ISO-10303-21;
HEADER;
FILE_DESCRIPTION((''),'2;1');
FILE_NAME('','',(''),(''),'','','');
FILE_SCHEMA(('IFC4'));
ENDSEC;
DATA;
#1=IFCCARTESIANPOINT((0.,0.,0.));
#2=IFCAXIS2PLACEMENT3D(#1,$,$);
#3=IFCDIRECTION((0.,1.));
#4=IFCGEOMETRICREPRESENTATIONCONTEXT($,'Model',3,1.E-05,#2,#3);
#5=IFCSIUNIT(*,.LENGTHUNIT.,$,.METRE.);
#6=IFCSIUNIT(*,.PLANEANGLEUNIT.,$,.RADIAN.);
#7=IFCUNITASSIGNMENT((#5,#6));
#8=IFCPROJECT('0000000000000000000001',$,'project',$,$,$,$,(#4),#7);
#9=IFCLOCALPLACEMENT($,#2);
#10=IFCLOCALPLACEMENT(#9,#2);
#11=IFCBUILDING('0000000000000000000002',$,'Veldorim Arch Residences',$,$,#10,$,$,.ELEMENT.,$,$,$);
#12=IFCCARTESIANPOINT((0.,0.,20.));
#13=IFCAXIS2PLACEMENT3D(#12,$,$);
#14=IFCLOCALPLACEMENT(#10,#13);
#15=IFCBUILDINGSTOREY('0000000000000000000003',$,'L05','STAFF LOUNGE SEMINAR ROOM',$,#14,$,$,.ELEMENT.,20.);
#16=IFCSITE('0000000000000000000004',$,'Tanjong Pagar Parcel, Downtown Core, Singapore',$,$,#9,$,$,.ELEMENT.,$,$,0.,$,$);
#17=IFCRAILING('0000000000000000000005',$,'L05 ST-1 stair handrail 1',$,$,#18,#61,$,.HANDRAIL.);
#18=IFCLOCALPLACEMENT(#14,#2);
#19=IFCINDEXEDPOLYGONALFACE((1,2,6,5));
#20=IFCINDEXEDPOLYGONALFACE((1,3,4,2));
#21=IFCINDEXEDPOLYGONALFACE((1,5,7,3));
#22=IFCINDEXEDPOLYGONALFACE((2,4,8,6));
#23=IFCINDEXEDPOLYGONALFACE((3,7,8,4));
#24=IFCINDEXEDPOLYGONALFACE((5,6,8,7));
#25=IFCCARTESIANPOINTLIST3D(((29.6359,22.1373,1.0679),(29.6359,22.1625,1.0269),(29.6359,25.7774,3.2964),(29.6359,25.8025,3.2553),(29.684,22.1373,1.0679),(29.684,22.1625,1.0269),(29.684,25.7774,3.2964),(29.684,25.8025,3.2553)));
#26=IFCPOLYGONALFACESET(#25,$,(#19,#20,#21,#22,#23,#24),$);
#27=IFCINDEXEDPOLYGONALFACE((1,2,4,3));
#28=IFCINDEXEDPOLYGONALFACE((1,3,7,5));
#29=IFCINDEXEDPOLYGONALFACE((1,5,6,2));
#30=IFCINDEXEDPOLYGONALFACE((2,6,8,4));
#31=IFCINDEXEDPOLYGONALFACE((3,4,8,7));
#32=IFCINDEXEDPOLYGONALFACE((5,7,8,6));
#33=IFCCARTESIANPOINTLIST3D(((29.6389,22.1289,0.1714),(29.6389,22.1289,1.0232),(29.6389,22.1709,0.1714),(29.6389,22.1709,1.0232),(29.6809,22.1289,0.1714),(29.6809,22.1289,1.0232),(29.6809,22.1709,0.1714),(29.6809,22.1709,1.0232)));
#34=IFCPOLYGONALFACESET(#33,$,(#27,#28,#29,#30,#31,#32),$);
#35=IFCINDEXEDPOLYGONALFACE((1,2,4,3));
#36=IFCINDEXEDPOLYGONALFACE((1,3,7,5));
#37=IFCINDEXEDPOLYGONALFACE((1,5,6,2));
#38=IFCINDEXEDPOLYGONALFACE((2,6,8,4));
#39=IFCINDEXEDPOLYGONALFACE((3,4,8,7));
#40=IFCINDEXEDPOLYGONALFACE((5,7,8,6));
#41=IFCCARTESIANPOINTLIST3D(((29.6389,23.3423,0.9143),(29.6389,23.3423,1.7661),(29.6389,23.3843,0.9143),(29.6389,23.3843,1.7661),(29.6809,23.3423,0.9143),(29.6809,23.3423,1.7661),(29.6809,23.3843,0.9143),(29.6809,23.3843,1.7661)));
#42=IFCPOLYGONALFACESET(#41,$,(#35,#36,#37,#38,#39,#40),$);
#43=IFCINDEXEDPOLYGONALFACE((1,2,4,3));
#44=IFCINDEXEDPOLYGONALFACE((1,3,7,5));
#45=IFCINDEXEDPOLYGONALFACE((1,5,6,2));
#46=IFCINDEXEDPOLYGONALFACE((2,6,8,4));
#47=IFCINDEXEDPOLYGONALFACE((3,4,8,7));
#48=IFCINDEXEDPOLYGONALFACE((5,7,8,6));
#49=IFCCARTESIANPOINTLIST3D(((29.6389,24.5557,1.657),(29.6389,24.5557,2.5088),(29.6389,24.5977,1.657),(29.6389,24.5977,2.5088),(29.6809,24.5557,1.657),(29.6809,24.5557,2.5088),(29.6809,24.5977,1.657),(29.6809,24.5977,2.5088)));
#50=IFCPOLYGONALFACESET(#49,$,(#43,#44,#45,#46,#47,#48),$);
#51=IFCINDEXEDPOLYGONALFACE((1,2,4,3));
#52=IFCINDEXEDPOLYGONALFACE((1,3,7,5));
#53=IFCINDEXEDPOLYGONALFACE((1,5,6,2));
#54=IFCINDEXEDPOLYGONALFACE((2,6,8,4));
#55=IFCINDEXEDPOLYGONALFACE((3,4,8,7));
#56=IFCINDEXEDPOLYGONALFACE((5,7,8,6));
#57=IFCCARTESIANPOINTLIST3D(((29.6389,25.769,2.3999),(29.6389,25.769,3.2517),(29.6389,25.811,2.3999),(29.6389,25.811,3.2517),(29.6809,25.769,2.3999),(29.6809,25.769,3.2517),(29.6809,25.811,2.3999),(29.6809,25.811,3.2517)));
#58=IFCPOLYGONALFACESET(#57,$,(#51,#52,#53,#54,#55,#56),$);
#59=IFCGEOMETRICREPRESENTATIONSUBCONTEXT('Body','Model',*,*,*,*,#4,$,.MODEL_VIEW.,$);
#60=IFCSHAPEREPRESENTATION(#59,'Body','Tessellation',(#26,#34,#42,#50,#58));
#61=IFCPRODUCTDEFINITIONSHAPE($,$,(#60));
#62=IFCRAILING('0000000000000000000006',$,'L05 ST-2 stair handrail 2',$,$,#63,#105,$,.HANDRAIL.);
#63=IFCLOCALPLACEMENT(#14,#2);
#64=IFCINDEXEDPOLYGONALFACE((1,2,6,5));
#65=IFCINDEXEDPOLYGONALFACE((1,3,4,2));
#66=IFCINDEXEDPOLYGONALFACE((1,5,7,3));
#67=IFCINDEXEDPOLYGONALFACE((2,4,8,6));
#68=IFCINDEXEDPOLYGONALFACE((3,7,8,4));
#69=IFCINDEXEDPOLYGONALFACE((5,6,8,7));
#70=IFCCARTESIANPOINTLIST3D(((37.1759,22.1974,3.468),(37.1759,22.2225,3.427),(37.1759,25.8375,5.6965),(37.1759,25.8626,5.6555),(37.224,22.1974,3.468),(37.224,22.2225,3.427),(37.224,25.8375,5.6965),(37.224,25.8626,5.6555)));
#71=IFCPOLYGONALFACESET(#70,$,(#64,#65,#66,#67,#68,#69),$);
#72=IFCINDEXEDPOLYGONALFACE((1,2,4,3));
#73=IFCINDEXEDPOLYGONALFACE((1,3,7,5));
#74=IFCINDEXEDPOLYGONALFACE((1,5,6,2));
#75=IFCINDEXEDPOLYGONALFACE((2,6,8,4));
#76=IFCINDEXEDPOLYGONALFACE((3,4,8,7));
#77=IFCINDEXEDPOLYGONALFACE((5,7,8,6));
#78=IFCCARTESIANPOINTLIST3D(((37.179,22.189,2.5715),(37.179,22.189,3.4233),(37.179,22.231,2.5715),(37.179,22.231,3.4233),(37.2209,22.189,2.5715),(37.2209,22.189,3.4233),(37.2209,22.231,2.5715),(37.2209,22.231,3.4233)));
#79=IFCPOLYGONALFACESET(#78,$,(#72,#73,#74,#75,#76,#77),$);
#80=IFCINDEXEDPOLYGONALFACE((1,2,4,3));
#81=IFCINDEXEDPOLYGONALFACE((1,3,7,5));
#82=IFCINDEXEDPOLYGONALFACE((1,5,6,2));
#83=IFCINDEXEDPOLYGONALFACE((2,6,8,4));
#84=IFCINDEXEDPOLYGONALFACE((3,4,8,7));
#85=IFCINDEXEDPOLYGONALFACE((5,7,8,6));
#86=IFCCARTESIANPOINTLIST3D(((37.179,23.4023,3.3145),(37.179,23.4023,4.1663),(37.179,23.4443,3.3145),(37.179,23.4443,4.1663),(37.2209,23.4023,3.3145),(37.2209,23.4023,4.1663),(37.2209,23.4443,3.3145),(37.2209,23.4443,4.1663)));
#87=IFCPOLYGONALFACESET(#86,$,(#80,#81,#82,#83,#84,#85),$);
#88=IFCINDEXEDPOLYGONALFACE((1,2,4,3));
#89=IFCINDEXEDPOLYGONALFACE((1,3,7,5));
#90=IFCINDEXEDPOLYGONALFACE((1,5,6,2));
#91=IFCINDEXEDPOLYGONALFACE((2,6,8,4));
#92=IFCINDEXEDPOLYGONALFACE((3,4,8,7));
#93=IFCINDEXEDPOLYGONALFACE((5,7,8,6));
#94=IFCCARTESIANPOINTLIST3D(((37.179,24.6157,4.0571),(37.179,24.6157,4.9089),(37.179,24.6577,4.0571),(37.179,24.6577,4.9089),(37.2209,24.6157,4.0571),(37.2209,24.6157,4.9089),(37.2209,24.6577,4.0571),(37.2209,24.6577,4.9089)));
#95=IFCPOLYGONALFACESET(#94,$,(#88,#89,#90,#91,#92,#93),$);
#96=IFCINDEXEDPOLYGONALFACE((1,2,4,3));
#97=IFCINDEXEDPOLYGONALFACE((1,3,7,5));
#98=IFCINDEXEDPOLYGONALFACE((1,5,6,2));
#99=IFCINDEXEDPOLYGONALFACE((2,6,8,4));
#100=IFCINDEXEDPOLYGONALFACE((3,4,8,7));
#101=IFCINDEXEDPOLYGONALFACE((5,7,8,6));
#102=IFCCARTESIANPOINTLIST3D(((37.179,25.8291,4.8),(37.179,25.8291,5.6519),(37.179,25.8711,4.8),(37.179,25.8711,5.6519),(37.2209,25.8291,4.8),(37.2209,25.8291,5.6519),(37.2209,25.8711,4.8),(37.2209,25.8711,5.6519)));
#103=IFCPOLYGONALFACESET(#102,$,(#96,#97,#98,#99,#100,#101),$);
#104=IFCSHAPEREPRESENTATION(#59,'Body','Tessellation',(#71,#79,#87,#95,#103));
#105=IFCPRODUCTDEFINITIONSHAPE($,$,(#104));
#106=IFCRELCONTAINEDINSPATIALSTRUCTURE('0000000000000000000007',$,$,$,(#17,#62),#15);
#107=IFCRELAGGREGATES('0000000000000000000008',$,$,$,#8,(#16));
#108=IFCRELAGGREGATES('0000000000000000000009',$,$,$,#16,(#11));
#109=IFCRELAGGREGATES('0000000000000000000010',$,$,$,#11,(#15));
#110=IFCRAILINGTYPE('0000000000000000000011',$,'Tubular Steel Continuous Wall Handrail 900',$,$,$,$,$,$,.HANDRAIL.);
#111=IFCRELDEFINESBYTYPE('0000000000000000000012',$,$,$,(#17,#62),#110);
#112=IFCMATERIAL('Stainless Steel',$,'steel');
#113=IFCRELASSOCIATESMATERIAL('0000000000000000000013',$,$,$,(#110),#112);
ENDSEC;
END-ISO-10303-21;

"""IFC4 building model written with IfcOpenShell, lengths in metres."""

from ifc_helpers import new_model, si_unit, direction, frame, origin, origin_2d, place, context, subcontext, project, spatial, rectangle, extrude, material, type_object, element, save


model = new_model("IFC4")

# Units and contexts
model_context = context("Model", 3, precision=1e-05, world=origin(), true_north=direction((0.0, 1.0)))
body_context = subcontext(model_context, "Body", "Model", "MODEL_VIEW")
ifc_project = project(units=[si_unit("LENGTHUNIT", "METRE"), si_unit("PLANEANGLEUNIT", "RADIAN")], contexts=[model_context])

# Site, building, storey
site_placement = place(None, origin())
site = spatial("IfcSite", under=ifc_project, at=site_placement, Name="Tanjong Pagar Parcel, Downtown Core, Singapore", CompositionType="ELEMENT", RefElevation=0.0)
building_placement = place(site_placement, origin())
building = spatial("IfcBuilding", under=site, at=building_placement, Name="Veldorim Arch Residences", CompositionType="ELEMENT")
storey_placement = place(building_placement, frame((0.0, 0.0, 20.0)))
storey = spatial("IfcBuildingStorey", under=building, at=storey_placement, Name="L05", Description="STAFF LOUNGE SEMINAR ROOM", CompositionType="ELEMENT", Elevation=20.0)

# Railings
ifc_material_1 = material(Name="Stainless Steel", Category="steel")
railing_type_1 = type_object("IfcRailingType", Name="Tubular Steel Continuous Wall Handrail 900", PredefinedType="HANDRAIL", material=ifc_material_1)
for number, where, name in (
    (1, (29.6599, 22.1499, 0.1714), "L05 ST-1 stair handrail 1"),
    (2, (37.2, 22.21, 2.5715), "L05 ST-2 stair handrail 2"),
):
    element("IfcRailing", number, at=place(storey_placement, frame(where)), inside=storey, type_object=railing_type_1, Name=name, PredefinedType="HANDRAIL", context=body_context, shape_type="SweptSolid", body=[
        extrude(rectangle(XDim=0.0481, YDim=0.0481, at=origin_2d()), frame((0.0, 0.0, 0.876), z_axis=(0.0, 0.852866, 0.52213), x_axis=(-1.0, 0.0, 0.0)), (0.0, 0.0, 1.0), 4.2681),
        extrude(rectangle(XDim=0.042, YDim=0.042, at=origin_2d()), origin(), (0.0, 0.0, 1.0), 0.8518),
        extrude(rectangle(XDim=0.042, YDim=0.042, at=origin_2d()), frame((0.0, 1.2134, 0.7429)), (0.0, 0.0, 1.0), 0.8518),
        extrude(rectangle(XDim=0.042, YDim=0.042, at=origin_2d()), frame((0.0, 2.4268, 1.4856)), (0.0, 0.0, 1.0), 0.8518),
        extrude(rectangle(XDim=0.042, YDim=0.042, at=origin_2d()), frame((0.0, 3.6401, 2.2285)), (0.0, 0.0, 1.0), 0.8518),
    ])

save(model, "model.ifc")
